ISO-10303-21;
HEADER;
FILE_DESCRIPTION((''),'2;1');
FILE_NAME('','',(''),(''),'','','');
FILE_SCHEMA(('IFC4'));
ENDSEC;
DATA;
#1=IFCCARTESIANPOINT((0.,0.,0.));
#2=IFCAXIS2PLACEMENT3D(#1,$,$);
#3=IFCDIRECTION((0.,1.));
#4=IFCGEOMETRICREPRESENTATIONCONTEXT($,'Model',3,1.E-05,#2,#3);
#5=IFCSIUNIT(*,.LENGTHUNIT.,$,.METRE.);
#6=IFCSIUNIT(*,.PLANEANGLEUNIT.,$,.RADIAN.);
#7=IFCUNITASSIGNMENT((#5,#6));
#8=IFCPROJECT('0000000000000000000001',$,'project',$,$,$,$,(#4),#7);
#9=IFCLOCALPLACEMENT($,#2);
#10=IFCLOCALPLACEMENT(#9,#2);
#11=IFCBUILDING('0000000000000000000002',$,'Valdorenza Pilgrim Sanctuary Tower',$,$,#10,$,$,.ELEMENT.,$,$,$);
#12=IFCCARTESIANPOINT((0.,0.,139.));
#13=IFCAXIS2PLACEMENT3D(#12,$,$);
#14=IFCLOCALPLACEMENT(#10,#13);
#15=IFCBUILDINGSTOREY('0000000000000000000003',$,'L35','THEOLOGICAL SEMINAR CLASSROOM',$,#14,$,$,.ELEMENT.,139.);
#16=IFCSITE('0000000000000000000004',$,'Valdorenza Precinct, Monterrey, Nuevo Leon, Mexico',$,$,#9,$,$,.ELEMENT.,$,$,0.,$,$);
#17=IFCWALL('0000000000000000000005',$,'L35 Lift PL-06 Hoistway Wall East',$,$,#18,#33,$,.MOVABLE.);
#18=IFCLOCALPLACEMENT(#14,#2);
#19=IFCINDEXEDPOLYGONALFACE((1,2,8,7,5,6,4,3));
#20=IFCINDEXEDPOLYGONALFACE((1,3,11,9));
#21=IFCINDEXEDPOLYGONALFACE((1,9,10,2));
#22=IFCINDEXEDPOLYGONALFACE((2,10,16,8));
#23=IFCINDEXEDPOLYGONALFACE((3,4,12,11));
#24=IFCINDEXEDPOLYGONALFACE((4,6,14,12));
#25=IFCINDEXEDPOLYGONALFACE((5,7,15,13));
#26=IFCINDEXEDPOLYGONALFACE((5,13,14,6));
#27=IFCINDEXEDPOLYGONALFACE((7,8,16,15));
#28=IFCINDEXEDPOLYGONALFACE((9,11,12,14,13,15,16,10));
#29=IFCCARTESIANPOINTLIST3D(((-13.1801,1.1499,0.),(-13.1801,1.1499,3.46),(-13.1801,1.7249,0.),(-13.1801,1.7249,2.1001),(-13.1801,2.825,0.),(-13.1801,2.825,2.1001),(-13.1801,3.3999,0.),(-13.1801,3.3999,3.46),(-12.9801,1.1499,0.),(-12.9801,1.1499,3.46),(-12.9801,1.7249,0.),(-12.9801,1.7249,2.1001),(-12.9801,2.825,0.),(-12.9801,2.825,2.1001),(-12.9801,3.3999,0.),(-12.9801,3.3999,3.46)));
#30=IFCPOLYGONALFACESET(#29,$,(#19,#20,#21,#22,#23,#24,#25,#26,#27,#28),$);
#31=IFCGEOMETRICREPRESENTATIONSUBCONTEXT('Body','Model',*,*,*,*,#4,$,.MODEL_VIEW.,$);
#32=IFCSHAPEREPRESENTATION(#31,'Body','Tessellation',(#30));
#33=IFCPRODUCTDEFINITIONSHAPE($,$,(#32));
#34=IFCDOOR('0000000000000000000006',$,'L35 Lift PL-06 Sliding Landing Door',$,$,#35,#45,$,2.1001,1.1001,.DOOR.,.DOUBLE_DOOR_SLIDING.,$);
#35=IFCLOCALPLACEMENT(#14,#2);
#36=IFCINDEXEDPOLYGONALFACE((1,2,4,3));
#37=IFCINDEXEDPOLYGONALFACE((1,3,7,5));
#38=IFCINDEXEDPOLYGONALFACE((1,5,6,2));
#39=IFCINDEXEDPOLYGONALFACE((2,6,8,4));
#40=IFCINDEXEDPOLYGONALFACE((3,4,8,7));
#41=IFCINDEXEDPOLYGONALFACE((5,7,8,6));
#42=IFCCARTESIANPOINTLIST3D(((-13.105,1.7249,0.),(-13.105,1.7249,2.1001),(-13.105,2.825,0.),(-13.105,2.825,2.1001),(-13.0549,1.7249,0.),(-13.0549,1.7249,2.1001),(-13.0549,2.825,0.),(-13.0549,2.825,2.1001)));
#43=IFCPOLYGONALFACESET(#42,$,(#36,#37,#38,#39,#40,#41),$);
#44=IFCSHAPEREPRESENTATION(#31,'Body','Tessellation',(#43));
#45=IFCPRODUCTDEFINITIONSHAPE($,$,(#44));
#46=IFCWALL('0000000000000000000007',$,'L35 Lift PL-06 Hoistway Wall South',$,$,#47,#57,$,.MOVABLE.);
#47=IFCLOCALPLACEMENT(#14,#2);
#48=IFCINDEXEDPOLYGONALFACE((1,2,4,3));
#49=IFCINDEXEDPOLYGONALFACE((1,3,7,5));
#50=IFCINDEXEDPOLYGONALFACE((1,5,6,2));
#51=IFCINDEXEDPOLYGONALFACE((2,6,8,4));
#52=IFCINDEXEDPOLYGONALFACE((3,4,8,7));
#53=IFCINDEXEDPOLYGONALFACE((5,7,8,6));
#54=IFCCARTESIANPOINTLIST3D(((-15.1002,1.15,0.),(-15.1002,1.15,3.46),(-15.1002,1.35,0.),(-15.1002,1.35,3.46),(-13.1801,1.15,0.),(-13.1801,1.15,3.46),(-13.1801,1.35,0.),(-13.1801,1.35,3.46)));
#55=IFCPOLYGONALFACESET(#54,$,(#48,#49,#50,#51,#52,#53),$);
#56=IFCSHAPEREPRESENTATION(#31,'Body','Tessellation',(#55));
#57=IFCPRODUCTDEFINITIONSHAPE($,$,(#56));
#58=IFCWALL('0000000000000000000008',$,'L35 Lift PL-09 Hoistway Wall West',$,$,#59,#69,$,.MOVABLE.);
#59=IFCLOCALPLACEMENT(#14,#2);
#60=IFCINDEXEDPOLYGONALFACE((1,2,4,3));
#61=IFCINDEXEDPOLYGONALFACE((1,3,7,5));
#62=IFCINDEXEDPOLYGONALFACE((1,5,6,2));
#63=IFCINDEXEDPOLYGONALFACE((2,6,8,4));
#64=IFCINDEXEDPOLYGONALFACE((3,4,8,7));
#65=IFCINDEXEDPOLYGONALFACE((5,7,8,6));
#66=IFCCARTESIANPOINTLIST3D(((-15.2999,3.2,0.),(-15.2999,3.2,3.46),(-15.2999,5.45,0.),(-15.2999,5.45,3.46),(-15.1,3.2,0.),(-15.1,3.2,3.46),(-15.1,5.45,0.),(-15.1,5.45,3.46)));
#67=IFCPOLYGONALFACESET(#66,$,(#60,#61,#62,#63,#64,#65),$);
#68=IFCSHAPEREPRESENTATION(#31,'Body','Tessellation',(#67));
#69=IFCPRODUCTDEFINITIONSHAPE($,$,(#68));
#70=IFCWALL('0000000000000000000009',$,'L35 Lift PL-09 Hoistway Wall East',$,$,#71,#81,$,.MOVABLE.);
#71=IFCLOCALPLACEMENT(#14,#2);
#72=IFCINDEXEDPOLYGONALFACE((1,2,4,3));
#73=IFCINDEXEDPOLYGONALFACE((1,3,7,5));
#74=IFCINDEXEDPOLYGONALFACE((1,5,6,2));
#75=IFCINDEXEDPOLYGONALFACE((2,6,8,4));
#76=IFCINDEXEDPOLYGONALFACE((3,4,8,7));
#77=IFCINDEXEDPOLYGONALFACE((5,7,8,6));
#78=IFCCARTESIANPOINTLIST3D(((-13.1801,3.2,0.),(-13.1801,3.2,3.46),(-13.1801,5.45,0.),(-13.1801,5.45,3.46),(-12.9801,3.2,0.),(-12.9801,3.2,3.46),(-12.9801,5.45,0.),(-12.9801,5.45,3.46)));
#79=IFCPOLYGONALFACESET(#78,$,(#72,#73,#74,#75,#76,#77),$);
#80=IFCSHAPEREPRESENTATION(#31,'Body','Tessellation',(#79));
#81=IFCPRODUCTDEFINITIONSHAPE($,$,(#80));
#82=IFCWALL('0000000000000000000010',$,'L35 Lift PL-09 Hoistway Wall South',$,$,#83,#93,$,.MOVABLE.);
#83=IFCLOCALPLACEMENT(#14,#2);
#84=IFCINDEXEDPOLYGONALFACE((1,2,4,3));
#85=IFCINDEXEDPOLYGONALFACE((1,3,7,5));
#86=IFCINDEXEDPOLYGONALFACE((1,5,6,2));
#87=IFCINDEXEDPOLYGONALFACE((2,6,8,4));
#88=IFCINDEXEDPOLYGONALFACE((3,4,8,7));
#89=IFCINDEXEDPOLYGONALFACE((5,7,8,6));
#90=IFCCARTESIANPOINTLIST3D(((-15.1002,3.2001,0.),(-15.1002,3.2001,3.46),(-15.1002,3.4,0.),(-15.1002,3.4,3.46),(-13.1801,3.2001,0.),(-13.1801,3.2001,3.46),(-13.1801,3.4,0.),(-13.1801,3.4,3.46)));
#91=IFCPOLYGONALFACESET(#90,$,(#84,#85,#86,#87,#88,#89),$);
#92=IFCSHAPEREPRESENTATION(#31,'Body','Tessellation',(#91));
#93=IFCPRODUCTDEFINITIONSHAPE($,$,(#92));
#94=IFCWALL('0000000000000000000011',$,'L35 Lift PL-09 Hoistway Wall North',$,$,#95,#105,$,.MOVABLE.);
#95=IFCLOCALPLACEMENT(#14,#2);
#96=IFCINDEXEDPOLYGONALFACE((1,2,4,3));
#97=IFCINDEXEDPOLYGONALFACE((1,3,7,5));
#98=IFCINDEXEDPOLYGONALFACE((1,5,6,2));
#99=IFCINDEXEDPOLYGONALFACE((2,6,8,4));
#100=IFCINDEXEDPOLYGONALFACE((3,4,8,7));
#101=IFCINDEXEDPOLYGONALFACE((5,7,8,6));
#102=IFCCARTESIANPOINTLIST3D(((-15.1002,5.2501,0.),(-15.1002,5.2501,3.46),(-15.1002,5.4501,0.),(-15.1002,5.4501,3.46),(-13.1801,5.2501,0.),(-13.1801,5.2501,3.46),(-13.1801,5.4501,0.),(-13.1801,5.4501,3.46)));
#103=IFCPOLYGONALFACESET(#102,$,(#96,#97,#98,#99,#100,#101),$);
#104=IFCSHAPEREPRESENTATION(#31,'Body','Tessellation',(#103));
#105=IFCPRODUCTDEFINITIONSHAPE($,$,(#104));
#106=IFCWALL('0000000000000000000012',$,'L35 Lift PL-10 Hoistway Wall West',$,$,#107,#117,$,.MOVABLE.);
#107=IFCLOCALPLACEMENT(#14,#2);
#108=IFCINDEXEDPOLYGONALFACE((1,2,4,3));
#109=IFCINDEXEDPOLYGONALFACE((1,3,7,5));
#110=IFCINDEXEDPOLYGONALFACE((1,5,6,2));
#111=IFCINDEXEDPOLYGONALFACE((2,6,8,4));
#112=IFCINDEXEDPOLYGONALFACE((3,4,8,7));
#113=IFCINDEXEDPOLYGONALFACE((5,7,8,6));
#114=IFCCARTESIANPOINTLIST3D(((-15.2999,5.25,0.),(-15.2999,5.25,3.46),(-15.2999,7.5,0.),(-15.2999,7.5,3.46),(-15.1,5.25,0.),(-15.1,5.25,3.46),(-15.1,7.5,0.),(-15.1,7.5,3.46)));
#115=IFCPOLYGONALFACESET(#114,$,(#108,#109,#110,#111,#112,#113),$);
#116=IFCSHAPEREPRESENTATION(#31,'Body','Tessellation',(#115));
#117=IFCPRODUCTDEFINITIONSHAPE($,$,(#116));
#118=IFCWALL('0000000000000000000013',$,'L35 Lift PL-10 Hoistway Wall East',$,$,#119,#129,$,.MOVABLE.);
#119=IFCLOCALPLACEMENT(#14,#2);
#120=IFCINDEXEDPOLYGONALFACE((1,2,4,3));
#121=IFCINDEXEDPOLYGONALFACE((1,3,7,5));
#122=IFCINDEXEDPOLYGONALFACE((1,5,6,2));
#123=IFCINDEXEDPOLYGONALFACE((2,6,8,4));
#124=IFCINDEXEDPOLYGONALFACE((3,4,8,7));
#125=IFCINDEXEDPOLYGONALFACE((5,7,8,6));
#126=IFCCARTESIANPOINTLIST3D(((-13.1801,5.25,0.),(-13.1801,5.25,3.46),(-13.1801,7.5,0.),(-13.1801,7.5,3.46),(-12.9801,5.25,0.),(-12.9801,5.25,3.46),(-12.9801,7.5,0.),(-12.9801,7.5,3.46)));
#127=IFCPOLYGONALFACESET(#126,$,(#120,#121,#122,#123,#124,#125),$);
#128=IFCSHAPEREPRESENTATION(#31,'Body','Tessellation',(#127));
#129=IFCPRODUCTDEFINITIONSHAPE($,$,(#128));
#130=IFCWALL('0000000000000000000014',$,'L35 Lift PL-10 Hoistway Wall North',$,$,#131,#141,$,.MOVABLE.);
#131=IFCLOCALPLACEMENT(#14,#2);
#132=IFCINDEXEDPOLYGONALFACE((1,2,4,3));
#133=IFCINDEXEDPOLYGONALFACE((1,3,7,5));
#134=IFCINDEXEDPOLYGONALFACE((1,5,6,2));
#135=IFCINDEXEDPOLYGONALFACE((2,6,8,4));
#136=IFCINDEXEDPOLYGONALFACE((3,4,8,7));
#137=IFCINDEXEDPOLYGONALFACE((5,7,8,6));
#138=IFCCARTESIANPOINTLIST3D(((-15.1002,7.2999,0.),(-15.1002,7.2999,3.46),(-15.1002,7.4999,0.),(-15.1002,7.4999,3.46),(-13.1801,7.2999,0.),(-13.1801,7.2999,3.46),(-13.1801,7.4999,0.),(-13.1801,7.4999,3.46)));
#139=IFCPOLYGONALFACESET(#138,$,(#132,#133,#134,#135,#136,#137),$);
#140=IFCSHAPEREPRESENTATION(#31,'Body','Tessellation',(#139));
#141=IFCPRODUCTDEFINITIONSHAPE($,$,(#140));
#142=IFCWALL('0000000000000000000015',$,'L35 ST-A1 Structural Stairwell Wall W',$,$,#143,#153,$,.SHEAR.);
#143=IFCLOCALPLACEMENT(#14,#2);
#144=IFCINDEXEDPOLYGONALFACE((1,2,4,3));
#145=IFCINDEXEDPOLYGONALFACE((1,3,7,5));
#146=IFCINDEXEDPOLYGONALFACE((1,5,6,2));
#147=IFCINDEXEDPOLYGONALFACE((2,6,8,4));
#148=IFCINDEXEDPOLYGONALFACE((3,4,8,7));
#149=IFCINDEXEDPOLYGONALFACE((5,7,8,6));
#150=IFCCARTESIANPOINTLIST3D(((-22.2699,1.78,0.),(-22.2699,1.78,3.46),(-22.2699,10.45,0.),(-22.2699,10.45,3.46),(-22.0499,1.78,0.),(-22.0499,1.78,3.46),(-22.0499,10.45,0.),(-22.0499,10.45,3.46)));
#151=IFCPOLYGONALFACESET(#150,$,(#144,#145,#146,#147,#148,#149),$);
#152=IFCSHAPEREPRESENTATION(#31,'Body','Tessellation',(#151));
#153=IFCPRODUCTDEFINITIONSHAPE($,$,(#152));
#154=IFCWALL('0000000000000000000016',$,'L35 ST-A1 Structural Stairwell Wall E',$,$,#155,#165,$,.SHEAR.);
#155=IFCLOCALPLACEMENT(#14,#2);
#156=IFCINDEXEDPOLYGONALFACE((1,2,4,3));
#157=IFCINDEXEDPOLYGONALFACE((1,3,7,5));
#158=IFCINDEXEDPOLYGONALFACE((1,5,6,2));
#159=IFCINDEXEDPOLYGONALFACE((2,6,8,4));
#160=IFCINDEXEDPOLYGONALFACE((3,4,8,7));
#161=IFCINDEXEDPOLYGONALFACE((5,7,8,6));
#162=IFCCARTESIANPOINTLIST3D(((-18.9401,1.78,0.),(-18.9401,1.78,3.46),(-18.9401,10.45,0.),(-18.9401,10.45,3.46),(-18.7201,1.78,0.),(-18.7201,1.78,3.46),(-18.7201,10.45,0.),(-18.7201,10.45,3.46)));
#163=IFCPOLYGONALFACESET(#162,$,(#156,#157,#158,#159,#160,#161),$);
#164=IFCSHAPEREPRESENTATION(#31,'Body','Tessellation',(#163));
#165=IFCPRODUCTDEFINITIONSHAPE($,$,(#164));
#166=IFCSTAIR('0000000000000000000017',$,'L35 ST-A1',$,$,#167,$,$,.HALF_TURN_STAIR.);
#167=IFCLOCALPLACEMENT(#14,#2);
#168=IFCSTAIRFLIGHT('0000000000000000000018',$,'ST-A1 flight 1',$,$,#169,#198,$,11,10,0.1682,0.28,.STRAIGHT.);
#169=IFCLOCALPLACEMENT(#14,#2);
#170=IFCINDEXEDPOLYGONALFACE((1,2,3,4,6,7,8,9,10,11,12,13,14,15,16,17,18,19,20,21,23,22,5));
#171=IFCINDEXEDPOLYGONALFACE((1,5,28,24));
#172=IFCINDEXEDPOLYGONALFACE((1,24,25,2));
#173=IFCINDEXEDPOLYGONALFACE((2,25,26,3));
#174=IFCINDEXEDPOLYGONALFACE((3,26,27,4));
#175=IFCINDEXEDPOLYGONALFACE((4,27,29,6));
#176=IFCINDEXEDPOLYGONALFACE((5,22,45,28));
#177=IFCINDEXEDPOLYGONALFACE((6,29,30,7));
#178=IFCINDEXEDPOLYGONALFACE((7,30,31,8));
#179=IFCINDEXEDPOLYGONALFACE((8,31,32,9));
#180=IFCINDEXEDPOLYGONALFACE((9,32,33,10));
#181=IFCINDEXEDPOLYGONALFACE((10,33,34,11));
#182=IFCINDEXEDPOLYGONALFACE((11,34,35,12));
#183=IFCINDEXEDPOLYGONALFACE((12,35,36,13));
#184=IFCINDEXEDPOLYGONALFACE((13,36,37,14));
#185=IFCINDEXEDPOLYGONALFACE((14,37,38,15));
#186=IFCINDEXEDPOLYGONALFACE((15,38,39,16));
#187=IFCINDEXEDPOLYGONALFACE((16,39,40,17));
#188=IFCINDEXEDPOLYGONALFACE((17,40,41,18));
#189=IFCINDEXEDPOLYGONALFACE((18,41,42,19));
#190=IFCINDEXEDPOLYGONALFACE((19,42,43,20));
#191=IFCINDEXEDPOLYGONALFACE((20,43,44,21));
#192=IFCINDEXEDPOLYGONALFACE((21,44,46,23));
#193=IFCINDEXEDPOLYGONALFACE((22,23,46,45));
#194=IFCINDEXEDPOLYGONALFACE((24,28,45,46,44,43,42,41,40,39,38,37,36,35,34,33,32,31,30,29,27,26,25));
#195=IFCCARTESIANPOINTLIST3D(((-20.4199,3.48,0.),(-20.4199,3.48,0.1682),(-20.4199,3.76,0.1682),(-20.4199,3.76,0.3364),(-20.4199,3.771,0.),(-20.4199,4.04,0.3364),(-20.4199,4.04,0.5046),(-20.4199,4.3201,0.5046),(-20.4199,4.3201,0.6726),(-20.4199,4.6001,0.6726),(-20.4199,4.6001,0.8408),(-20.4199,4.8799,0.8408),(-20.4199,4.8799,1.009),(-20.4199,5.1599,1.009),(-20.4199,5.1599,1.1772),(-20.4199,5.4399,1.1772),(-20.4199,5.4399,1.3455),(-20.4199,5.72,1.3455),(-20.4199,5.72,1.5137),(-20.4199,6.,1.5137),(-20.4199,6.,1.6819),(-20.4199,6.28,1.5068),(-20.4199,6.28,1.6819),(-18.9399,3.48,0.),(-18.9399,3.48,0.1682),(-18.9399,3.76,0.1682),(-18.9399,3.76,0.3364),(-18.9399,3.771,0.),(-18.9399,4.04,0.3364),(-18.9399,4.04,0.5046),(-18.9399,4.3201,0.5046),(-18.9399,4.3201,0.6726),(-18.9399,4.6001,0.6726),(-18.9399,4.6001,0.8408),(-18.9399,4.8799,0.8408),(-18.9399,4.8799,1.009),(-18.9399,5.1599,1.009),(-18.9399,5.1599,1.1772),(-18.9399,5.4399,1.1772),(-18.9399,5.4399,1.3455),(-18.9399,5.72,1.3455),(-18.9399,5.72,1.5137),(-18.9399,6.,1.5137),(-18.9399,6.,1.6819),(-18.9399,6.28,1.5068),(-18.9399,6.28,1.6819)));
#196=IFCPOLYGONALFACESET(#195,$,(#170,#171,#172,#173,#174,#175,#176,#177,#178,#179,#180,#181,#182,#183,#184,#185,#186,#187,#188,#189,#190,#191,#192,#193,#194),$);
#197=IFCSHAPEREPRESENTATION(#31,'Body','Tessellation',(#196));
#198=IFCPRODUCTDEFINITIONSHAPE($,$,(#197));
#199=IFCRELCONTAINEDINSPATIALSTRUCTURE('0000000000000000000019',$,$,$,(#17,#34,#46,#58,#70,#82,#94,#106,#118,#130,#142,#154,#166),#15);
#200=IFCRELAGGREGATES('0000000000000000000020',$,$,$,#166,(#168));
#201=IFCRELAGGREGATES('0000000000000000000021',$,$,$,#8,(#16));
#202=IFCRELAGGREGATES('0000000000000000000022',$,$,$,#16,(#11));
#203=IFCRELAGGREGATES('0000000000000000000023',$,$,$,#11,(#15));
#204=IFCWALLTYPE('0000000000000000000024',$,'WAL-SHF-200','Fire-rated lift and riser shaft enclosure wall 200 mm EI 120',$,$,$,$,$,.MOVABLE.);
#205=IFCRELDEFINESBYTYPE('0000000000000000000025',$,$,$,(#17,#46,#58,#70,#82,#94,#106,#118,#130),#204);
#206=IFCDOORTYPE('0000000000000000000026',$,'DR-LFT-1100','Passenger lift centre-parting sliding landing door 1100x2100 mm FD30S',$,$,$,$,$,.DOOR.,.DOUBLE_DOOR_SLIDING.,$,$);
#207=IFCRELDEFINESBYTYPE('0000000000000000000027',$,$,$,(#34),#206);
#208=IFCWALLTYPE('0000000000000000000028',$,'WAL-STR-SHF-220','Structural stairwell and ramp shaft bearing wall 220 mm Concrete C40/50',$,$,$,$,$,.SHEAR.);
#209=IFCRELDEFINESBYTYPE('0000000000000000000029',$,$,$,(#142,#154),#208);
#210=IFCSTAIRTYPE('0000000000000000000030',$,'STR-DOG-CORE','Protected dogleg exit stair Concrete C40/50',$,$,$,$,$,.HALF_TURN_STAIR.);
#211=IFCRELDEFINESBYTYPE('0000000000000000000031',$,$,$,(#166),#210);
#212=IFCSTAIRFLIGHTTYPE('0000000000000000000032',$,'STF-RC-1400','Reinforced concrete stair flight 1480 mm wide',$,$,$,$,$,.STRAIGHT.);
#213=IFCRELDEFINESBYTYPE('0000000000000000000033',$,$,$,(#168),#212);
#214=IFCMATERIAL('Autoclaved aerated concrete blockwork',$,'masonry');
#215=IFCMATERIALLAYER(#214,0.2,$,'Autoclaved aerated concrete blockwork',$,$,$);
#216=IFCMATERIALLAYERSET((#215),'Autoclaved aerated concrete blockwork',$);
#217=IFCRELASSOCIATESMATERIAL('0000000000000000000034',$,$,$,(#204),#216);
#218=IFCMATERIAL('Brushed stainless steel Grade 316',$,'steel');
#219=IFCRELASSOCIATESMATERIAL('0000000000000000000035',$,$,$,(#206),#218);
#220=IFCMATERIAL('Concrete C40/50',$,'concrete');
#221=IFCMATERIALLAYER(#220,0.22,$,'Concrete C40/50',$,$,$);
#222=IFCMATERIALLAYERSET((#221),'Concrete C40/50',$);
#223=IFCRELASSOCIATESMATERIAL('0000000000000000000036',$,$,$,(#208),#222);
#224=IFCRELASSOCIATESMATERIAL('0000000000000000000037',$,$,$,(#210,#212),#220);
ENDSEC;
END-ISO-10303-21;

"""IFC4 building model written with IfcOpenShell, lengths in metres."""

from ifc_helpers import new_model, si_unit, direction, frame, frame_2d, origin, place, context, subcontext, project, spatial, polyline, rectangle, outline, extrude, material, layer, layer_set, type_object, element, fill, aggregate, save


model = new_model("IFC4")

# Units and contexts
model_context = context("Model", 3, precision=1e-05, world=origin(), true_north=direction((0.0, 1.0)))
body_context = subcontext(model_context, "Body", "Model", "MODEL_VIEW")
ifc_project = project(units=[si_unit("LENGTHUNIT", "METRE"), si_unit("PLANEANGLEUNIT", "RADIAN")], contexts=[model_context])

# Site, building, storey
site_placement = place(None, origin())
site = spatial("IfcSite", under=ifc_project, at=site_placement, Name="Valdorenza Precinct, Monterrey, Nuevo Leon, Mexico", CompositionType="ELEMENT", RefElevation=0.0)
building_placement = place(site_placement, origin())
building = spatial("IfcBuilding", under=site, at=building_placement, Name="Valdorenza Pilgrim Sanctuary Tower", CompositionType="ELEMENT")
storey_placement = place(building_placement, frame((0.0, 0.0, 139.0)))
storey = spatial("IfcBuildingStorey", under=building, at=storey_placement, Name="L35", Description="THEOLOGICAL SEMINAR CLASSROOM", CompositionType="ELEMENT", Elevation=139.0)

# Shared definitions
ifc_material_1 = material(Name="Autoclaved aerated concrete blockwork", Category="masonry")
ifc_layer_1 = layer(ifc_material_1, 0.2, Name="Autoclaved aerated concrete blockwork")
ifc_layer_set_1 = layer_set([ifc_layer_1], Name="Autoclaved aerated concrete blockwork")
wall_type_1 = type_object("IfcWallType", Name="WAL-SHF-200", Description="Fire-rated lift and riser shaft enclosure wall 200 mm EI 120", PredefinedType="MOVABLE", material=ifc_layer_set_1)

# Shared definitions
ifc_material_2 = material(Name="Brushed stainless steel Grade 316", Category="steel")

# Wall, opening, door
wall_1_placement = place(storey_placement, frame((-13.0801, 1.1499, 0.0), z_axis=(0.0, 0.0, 1.0), x_axis=(0.0, 1.0, 0.0)))
wall_1 = element("IfcWall", 1, at=wall_1_placement, inside=storey, type_object=wall_type_1, Name="L35 Lift PL-06 Hoistway Wall East", PredefinedType="MOVABLE", context=body_context, shape_type="SweptSolid", body=[
    extrude(rectangle(XDim=2.25, YDim=0.2, at=frame_2d((1.125, 0.0))), origin(), (0.0, 0.0, 1.0), 3.46),
])
opening_1_placement = place(wall_1_placement, frame((0.575, 0.0, 0.0)))
opening_1 = element("IfcOpeningElement", 2, at=opening_1_placement, cuts=wall_1, PredefinedType="OPENING", context=body_context, shape_type="SweptSolid", body=[
    extrude(rectangle(XDim=1.1001, YDim=2.1001, at=frame_2d((0.55, 1.05))), frame((0.0, 0.1147, 0.0), z_axis=(0.0, -1.0, 0.0), x_axis=(1.0, 0.0, 0.0)), (0.0, 0.0, 1.0), 0.2297),
])
door_type_1 = type_object("IfcDoorType", Name="DR-LFT-1100", Description="Passenger lift centre-parting sliding landing door 1100x2100 mm FD30S", OperationType="DOUBLE_DOOR_SLIDING", PredefinedType="DOOR", material=ifc_material_2)
door_1_placement = place(opening_1_placement, origin())
door_1 = element("IfcDoor", 3, at=door_1_placement, inside=storey, type_object=door_type_1, Name="L35 Lift PL-06 Sliding Landing Door", OperationType="DOUBLE_DOOR_SLIDING", OverallHeight=2.1001, OverallWidth=1.1001, PredefinedType="DOOR", context=body_context, shape_type="SweptSolid", body=[
    extrude(rectangle(XDim=1.1001, YDim=2.1001, at=frame_2d((0.55, 1.05))), frame((0.0, 0.0249, 0.0), z_axis=(0.0, -1.0, 0.0), x_axis=(1.0, 0.0, 0.0)), (0.0, 0.0, 1.0), 0.05),
])
fill(opening_1, door_1)

# Walls
wall_2_placement = place(storey_placement, frame((-15.1001, 1.25, 0.0), z_axis=(0.0, 0.0, 1.0), x_axis=(1.0, 0.0, 0.0)))
element("IfcWall", 4, at=wall_2_placement, inside=storey, type_object=wall_type_1, Name="L35 Lift PL-06 Hoistway Wall South", PredefinedType="MOVABLE", context=body_context, shape_type="SweptSolid", body=[
    extrude(rectangle(XDim=1.9202, YDim=0.2, at=frame_2d((0.96, 0.0))), origin(), (0.0, 0.0, 1.0), 3.46),
])
for number, where, z_axis, x_axis, name in (
    (5, (-15.2, 3.2, 0.0), (0.0, 0.0, 1.0), (0.0, 1.0, 0.0), "L35 Lift PL-09 Hoistway Wall West"),
    (6, (-13.0801, 3.2, 0.0), (0.0, 0.0, 1.0), (0.0, 1.0, 0.0), "L35 Lift PL-09 Hoistway Wall East"),
):
    element("IfcWall", number, at=place(storey_placement, frame(where, z_axis=z_axis, x_axis=x_axis)), inside=storey, type_object=wall_type_1, Name=name, PredefinedType="MOVABLE", context=body_context, shape_type="SweptSolid", body=[
        extrude(rectangle(XDim=2.25, YDim=0.2, at=frame_2d((1.125, 0.0))), origin(), (0.0, 0.0, 1.0), 3.46),
    ])
for number, where, z_axis, x_axis, name in (
    (7, (-15.1001, 3.3, 0.0), (0.0, 0.0, 1.0), (1.0, 0.0, 0.0), "L35 Lift PL-09 Hoistway Wall South"),
    (8, (-15.1001, 5.3501, 0.0), (0.0, 0.0, 1.0), (1.0, 0.0, 0.0), "L35 Lift PL-09 Hoistway Wall North"),
):
    element("IfcWall", number, at=place(storey_placement, frame(where, z_axis=z_axis, x_axis=x_axis)), inside=storey, type_object=wall_type_1, Name=name, PredefinedType="MOVABLE", context=body_context, shape_type="SweptSolid", body=[
        extrude(rectangle(XDim=1.9202, YDim=0.2, at=frame_2d((0.96, 0.0))), origin(), (0.0, 0.0, 1.0), 3.46),
    ])
for number, where, z_axis, x_axis, name in (
    (9, (-15.2, 5.25, 0.0), (0.0, 0.0, 1.0), (0.0, 1.0, 0.0), "L35 Lift PL-10 Hoistway Wall West"),
    (10, (-13.0801, 5.25, 0.0), (0.0, 0.0, 1.0), (0.0, 1.0, 0.0), "L35 Lift PL-10 Hoistway Wall East"),
):
    element("IfcWall", number, at=place(storey_placement, frame(where, z_axis=z_axis, x_axis=x_axis)), inside=storey, type_object=wall_type_1, Name=name, PredefinedType="MOVABLE", context=body_context, shape_type="SweptSolid", body=[
        extrude(rectangle(XDim=2.25, YDim=0.2, at=frame_2d((1.125, 0.0))), origin(), (0.0, 0.0, 1.0), 3.46),
    ])
wall_3_placement = place(storey_placement, frame((-15.1001, 7.3999, 0.0), z_axis=(0.0, 0.0, 1.0), x_axis=(1.0, 0.0, 0.0)))
element("IfcWall", 11, at=wall_3_placement, inside=storey, type_object=wall_type_1, Name="L35 Lift PL-10 Hoistway Wall North", PredefinedType="MOVABLE", context=body_context, shape_type="SweptSolid", body=[
    extrude(rectangle(XDim=1.9202, YDim=0.2, at=frame_2d((0.96, 0.0))), origin(), (0.0, 0.0, 1.0), 3.46),
])
ifc_material_3 = material(Name="Concrete C40/50", Category="concrete")
ifc_layer_2 = layer(ifc_material_3, 0.22, Name="Concrete C40/50")
ifc_layer_set_2 = layer_set([ifc_layer_2], Name="Concrete C40/50")
wall_type_2 = type_object("IfcWallType", Name="WAL-STR-SHF-220", Description="Structural stairwell and ramp shaft bearing wall 220 mm Concrete C40/50", PredefinedType="SHEAR", material=ifc_layer_set_2)
for number, where, z_axis, x_axis, name in (
    (12, (-22.1599, 1.78, 0.0), (0.0, 0.0, 1.0), (0.0, 1.0, 0.0), "L35 ST-A1 Structural Stairwell Wall W"),
    (13, (-18.8301, 1.78, 0.0), (0.0, 0.0, 1.0), (0.0, 1.0, 0.0), "L35 ST-A1 Structural Stairwell Wall E"),
):
    element("IfcWall", number, at=place(storey_placement, frame(where, z_axis=z_axis, x_axis=x_axis)), inside=storey, type_object=wall_type_2, Name=name, PredefinedType="SHEAR", context=body_context, shape_type="SweptSolid", body=[
        extrude(rectangle(XDim=8.6699, YDim=0.22, at=frame_2d((4.335, 0.0))), origin(), (0.0, 0.0, 1.0), 3.46),
    ])

# Stair, stair flight
stair_type = type_object("IfcStairType", Name="STR-DOG-CORE", Description="Protected dogleg exit stair Concrete C40/50", PredefinedType="HALF_TURN_STAIR", material=ifc_material_3)
stair_placement = place(storey_placement, origin())
stair = element("IfcStair", 14, at=stair_placement, inside=storey, type_object=stair_type, Name="L35 ST-A1", PredefinedType="HALF_TURN_STAIR")
stair_flight_type = type_object("IfcStairFlightType", Name="STF-RC-1400", Description="Reinforced concrete stair flight 1480 mm wide", PredefinedType="STRAIGHT", material=ifc_material_3)
stair_flight_1_placement = place(storey_placement, frame((-19.6799, 3.48, 0.0), z_axis=(0.0, 0.0, 1.0), x_axis=(0.0, 1.0, 0.0)))
stair_flight_1 = element("IfcStairFlight", 15, at=stair_flight_1_placement, type_object=stair_flight_type, Name="ST-A1 flight 1", NumberOfRisers=11, NumberOfTreads=10, PredefinedType="STRAIGHT", RiserHeight=0.1682, TreadLength=0.28, context=body_context, shape_type="SweptSolid", body=[
    extrude(outline(polyline([(0.0, 0.0), (0.0, 0.1682), (0.28, 0.1682), (0.28, 0.3364), (0.5601, 0.3364), (0.5601, 0.5046), (0.8401, 0.5046), (0.8401, 0.6726), (1.1201, 0.6726), (1.1201, 0.8408), (1.3999, 0.8408), (1.3999, 1.009), (1.6799, 1.009), (1.6799, 1.1772), (1.96, 1.1772), (1.96, 1.3455), (2.24, 1.3455), (2.24, 1.5137), (2.52, 1.5137), (2.52, 1.6819), (2.8, 1.6819), (2.8, 1.8501), (2.8, 1.5068), (0.291, 0.0), (0.0, 0.0)])), frame((0.0, 0.74, 0.0), z_axis=(0.0, -1.0, 0.0), x_axis=(1.0, 0.0, 0.0)), (0.0, 0.0, 1.0), 1.48),
])
aggregate(stair, [stair_flight_1])

save(model, "model.ifc")
